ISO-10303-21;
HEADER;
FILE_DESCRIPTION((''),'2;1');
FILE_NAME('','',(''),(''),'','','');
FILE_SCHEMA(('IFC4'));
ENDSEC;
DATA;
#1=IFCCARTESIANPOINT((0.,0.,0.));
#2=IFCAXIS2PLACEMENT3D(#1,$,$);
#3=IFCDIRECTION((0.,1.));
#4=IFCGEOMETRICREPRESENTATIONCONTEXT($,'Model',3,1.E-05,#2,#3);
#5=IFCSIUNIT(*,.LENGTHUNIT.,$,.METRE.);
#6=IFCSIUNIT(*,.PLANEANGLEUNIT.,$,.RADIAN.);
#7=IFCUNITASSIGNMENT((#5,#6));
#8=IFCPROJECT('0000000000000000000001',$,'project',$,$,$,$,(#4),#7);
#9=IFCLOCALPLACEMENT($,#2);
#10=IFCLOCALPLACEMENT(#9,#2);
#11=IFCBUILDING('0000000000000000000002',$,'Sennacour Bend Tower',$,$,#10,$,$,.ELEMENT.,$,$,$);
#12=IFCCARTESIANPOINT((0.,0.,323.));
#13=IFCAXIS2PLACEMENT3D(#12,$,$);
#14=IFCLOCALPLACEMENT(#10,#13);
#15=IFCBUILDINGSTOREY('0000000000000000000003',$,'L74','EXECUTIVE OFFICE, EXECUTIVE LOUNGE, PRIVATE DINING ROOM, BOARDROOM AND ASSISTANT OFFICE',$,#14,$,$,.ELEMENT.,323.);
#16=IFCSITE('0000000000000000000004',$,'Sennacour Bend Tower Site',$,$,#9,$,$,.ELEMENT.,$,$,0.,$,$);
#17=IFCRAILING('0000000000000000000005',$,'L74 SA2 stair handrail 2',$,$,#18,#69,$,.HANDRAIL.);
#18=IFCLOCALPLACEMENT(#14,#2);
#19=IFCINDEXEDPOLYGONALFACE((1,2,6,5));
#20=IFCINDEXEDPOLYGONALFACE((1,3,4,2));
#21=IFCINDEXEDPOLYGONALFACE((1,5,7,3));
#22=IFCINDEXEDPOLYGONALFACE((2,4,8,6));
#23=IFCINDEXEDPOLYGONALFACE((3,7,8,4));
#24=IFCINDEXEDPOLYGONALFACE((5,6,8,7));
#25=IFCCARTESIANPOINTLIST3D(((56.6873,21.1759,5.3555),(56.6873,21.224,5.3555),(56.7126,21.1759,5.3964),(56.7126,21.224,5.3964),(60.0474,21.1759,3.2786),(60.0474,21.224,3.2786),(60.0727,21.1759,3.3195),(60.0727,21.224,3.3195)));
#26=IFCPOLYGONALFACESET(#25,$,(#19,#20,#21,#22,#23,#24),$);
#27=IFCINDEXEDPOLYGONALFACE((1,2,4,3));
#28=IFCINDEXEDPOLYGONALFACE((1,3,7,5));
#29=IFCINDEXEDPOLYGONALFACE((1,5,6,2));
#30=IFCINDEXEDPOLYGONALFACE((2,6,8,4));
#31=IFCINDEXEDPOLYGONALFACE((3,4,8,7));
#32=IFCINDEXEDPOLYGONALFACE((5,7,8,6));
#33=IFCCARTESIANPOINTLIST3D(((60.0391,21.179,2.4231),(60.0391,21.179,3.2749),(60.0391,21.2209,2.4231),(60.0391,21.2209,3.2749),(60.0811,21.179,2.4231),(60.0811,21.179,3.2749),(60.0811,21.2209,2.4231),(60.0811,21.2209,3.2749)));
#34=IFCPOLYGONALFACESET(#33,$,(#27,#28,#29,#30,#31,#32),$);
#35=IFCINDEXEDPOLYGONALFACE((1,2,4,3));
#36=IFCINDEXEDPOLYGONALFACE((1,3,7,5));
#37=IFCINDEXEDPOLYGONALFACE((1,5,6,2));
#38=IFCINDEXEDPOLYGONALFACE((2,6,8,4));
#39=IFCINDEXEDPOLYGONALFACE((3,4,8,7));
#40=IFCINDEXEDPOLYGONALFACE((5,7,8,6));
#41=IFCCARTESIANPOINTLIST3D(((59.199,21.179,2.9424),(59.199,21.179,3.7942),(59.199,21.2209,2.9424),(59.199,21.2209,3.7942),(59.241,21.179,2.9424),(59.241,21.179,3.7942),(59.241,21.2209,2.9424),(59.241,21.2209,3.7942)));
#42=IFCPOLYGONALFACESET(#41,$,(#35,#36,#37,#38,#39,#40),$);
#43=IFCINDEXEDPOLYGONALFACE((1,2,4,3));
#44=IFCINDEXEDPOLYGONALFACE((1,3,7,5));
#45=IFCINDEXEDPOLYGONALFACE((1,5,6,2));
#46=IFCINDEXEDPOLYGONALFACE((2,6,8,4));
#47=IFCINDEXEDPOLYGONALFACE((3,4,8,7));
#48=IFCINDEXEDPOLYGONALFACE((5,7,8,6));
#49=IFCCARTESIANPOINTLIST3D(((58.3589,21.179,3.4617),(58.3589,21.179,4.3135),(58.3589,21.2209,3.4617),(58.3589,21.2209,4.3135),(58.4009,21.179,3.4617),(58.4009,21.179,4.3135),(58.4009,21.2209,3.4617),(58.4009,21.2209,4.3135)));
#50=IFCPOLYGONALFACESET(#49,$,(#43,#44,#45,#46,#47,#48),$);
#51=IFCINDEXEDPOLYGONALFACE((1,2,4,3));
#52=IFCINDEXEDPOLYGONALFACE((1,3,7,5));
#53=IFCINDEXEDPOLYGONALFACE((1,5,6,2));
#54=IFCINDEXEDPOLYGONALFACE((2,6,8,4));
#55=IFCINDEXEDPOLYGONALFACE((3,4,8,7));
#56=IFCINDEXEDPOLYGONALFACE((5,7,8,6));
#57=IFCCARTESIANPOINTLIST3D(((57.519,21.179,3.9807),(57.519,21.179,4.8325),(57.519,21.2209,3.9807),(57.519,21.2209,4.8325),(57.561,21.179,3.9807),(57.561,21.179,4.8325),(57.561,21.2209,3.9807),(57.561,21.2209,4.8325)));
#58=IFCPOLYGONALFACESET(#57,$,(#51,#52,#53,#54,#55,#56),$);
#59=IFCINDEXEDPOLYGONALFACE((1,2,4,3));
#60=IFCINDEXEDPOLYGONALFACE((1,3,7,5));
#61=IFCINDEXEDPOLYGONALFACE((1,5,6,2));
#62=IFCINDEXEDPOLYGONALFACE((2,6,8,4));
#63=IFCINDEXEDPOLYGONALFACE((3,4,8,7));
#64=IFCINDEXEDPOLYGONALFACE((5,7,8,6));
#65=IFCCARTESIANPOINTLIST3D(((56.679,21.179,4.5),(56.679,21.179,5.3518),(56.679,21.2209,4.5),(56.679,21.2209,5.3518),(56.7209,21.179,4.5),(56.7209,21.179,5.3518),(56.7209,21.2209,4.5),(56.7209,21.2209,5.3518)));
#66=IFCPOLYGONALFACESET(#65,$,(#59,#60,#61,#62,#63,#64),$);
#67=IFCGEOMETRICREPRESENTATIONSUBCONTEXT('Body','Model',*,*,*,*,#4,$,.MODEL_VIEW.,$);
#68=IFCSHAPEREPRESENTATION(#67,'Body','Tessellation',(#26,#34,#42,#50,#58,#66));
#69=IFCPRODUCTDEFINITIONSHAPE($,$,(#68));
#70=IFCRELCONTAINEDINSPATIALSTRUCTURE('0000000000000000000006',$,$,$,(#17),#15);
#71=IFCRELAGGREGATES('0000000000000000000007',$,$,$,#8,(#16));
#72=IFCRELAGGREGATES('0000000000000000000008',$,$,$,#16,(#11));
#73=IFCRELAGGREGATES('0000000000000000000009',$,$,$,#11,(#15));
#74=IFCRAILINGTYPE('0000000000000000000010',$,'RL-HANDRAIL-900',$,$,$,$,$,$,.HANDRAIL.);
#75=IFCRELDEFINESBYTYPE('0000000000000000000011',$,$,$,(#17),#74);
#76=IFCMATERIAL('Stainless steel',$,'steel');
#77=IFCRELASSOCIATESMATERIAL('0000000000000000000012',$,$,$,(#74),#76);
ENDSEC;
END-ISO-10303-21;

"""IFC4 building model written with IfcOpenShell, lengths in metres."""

from ifc_helpers import new_model, si_unit, direction, frame, origin, origin_2d, place, context, subcontext, project, spatial, rectangle, extrude, material, type_object, element, save


model = new_model("IFC4")

# Units and contexts
model_context = context("Model", 3, precision=1e-05, world=origin(), true_north=direction((0.0, 1.0)))
body_context = subcontext(model_context, "Body", "Model", "MODEL_VIEW")
ifc_project = project(units=[si_unit("LENGTHUNIT", "METRE"), si_unit("PLANEANGLEUNIT", "RADIAN")], contexts=[model_context])

# Site, building, storey
site_placement = place(None, origin())
site = spatial("IfcSite", under=ifc_project, at=site_placement, Name="Sennacour Bend Tower Site", CompositionType="ELEMENT", RefElevation=0.0)
building_placement = place(site_placement, origin())
building = spatial("IfcBuilding", under=site, at=building_placement, Name="Sennacour Bend Tower", CompositionType="ELEMENT")
storey_placement = place(building_placement, frame((0.0, 0.0, 323.0)))
storey = spatial("IfcBuildingStorey", under=building, at=storey_placement, Name="L74", Description="EXECUTIVE OFFICE, EXECUTIVE LOUNGE, PRIVATE DINING ROOM, BOARDROOM AND ASSISTANT OFFICE", CompositionType="ELEMENT", Elevation=323.0)

# Shared definitions
ifc_material_1 = material(Name="Stainless steel", Category="steel")

# Railing
railing_type_1 = type_object("IfcRailingType", Name="RL-HANDRAIL-900", PredefinedType="HANDRAIL", material=ifc_material_1)
railing_1_placement = place(storey_placement, frame((60.0601, 21.2, 2.4231)))
element("IfcRailing", 1, at=railing_1_placement, inside=storey, type_object=railing_type_1, Name="L74 SA2 stair handrail 2", PredefinedType="HANDRAIL", context=body_context, shape_type="SweptSolid", body=[
    extrude(rectangle(XDim=0.0481, YDim=0.0481, at=origin_2d()), frame((0.0, 0.0, 0.876), z_axis=(-0.850623, 0.0, 0.525776), x_axis=(0.0, -1.0, 0.0)), (0.0, 0.0, 1.0), 3.9502),
    extrude(rectangle(XDim=0.042, YDim=0.042, at=origin_2d()), origin(), (0.0, 0.0, 1.0), 0.8518),
    extrude(rectangle(XDim=0.042, YDim=0.042, at=origin_2d()), frame((-0.8401, 0.0, 0.5193)), (0.0, 0.0, 1.0), 0.8518),
    extrude(rectangle(XDim=0.042, YDim=0.042, at=origin_2d()), frame((-1.6802, 0.0, 1.0386)), (0.0, 0.0, 1.0), 0.8518),
    extrude(rectangle(XDim=0.042, YDim=0.042, at=origin_2d()), frame((-2.52, 0.0, 1.5576)), (0.0, 0.0, 1.0), 0.8518),
    extrude(rectangle(XDim=0.042, YDim=0.042, at=origin_2d()), frame((-3.3601, 0.0, 2.0769)), (0.0, 0.0, 1.0), 0.8518),
])

save(model, "model.ifc")
